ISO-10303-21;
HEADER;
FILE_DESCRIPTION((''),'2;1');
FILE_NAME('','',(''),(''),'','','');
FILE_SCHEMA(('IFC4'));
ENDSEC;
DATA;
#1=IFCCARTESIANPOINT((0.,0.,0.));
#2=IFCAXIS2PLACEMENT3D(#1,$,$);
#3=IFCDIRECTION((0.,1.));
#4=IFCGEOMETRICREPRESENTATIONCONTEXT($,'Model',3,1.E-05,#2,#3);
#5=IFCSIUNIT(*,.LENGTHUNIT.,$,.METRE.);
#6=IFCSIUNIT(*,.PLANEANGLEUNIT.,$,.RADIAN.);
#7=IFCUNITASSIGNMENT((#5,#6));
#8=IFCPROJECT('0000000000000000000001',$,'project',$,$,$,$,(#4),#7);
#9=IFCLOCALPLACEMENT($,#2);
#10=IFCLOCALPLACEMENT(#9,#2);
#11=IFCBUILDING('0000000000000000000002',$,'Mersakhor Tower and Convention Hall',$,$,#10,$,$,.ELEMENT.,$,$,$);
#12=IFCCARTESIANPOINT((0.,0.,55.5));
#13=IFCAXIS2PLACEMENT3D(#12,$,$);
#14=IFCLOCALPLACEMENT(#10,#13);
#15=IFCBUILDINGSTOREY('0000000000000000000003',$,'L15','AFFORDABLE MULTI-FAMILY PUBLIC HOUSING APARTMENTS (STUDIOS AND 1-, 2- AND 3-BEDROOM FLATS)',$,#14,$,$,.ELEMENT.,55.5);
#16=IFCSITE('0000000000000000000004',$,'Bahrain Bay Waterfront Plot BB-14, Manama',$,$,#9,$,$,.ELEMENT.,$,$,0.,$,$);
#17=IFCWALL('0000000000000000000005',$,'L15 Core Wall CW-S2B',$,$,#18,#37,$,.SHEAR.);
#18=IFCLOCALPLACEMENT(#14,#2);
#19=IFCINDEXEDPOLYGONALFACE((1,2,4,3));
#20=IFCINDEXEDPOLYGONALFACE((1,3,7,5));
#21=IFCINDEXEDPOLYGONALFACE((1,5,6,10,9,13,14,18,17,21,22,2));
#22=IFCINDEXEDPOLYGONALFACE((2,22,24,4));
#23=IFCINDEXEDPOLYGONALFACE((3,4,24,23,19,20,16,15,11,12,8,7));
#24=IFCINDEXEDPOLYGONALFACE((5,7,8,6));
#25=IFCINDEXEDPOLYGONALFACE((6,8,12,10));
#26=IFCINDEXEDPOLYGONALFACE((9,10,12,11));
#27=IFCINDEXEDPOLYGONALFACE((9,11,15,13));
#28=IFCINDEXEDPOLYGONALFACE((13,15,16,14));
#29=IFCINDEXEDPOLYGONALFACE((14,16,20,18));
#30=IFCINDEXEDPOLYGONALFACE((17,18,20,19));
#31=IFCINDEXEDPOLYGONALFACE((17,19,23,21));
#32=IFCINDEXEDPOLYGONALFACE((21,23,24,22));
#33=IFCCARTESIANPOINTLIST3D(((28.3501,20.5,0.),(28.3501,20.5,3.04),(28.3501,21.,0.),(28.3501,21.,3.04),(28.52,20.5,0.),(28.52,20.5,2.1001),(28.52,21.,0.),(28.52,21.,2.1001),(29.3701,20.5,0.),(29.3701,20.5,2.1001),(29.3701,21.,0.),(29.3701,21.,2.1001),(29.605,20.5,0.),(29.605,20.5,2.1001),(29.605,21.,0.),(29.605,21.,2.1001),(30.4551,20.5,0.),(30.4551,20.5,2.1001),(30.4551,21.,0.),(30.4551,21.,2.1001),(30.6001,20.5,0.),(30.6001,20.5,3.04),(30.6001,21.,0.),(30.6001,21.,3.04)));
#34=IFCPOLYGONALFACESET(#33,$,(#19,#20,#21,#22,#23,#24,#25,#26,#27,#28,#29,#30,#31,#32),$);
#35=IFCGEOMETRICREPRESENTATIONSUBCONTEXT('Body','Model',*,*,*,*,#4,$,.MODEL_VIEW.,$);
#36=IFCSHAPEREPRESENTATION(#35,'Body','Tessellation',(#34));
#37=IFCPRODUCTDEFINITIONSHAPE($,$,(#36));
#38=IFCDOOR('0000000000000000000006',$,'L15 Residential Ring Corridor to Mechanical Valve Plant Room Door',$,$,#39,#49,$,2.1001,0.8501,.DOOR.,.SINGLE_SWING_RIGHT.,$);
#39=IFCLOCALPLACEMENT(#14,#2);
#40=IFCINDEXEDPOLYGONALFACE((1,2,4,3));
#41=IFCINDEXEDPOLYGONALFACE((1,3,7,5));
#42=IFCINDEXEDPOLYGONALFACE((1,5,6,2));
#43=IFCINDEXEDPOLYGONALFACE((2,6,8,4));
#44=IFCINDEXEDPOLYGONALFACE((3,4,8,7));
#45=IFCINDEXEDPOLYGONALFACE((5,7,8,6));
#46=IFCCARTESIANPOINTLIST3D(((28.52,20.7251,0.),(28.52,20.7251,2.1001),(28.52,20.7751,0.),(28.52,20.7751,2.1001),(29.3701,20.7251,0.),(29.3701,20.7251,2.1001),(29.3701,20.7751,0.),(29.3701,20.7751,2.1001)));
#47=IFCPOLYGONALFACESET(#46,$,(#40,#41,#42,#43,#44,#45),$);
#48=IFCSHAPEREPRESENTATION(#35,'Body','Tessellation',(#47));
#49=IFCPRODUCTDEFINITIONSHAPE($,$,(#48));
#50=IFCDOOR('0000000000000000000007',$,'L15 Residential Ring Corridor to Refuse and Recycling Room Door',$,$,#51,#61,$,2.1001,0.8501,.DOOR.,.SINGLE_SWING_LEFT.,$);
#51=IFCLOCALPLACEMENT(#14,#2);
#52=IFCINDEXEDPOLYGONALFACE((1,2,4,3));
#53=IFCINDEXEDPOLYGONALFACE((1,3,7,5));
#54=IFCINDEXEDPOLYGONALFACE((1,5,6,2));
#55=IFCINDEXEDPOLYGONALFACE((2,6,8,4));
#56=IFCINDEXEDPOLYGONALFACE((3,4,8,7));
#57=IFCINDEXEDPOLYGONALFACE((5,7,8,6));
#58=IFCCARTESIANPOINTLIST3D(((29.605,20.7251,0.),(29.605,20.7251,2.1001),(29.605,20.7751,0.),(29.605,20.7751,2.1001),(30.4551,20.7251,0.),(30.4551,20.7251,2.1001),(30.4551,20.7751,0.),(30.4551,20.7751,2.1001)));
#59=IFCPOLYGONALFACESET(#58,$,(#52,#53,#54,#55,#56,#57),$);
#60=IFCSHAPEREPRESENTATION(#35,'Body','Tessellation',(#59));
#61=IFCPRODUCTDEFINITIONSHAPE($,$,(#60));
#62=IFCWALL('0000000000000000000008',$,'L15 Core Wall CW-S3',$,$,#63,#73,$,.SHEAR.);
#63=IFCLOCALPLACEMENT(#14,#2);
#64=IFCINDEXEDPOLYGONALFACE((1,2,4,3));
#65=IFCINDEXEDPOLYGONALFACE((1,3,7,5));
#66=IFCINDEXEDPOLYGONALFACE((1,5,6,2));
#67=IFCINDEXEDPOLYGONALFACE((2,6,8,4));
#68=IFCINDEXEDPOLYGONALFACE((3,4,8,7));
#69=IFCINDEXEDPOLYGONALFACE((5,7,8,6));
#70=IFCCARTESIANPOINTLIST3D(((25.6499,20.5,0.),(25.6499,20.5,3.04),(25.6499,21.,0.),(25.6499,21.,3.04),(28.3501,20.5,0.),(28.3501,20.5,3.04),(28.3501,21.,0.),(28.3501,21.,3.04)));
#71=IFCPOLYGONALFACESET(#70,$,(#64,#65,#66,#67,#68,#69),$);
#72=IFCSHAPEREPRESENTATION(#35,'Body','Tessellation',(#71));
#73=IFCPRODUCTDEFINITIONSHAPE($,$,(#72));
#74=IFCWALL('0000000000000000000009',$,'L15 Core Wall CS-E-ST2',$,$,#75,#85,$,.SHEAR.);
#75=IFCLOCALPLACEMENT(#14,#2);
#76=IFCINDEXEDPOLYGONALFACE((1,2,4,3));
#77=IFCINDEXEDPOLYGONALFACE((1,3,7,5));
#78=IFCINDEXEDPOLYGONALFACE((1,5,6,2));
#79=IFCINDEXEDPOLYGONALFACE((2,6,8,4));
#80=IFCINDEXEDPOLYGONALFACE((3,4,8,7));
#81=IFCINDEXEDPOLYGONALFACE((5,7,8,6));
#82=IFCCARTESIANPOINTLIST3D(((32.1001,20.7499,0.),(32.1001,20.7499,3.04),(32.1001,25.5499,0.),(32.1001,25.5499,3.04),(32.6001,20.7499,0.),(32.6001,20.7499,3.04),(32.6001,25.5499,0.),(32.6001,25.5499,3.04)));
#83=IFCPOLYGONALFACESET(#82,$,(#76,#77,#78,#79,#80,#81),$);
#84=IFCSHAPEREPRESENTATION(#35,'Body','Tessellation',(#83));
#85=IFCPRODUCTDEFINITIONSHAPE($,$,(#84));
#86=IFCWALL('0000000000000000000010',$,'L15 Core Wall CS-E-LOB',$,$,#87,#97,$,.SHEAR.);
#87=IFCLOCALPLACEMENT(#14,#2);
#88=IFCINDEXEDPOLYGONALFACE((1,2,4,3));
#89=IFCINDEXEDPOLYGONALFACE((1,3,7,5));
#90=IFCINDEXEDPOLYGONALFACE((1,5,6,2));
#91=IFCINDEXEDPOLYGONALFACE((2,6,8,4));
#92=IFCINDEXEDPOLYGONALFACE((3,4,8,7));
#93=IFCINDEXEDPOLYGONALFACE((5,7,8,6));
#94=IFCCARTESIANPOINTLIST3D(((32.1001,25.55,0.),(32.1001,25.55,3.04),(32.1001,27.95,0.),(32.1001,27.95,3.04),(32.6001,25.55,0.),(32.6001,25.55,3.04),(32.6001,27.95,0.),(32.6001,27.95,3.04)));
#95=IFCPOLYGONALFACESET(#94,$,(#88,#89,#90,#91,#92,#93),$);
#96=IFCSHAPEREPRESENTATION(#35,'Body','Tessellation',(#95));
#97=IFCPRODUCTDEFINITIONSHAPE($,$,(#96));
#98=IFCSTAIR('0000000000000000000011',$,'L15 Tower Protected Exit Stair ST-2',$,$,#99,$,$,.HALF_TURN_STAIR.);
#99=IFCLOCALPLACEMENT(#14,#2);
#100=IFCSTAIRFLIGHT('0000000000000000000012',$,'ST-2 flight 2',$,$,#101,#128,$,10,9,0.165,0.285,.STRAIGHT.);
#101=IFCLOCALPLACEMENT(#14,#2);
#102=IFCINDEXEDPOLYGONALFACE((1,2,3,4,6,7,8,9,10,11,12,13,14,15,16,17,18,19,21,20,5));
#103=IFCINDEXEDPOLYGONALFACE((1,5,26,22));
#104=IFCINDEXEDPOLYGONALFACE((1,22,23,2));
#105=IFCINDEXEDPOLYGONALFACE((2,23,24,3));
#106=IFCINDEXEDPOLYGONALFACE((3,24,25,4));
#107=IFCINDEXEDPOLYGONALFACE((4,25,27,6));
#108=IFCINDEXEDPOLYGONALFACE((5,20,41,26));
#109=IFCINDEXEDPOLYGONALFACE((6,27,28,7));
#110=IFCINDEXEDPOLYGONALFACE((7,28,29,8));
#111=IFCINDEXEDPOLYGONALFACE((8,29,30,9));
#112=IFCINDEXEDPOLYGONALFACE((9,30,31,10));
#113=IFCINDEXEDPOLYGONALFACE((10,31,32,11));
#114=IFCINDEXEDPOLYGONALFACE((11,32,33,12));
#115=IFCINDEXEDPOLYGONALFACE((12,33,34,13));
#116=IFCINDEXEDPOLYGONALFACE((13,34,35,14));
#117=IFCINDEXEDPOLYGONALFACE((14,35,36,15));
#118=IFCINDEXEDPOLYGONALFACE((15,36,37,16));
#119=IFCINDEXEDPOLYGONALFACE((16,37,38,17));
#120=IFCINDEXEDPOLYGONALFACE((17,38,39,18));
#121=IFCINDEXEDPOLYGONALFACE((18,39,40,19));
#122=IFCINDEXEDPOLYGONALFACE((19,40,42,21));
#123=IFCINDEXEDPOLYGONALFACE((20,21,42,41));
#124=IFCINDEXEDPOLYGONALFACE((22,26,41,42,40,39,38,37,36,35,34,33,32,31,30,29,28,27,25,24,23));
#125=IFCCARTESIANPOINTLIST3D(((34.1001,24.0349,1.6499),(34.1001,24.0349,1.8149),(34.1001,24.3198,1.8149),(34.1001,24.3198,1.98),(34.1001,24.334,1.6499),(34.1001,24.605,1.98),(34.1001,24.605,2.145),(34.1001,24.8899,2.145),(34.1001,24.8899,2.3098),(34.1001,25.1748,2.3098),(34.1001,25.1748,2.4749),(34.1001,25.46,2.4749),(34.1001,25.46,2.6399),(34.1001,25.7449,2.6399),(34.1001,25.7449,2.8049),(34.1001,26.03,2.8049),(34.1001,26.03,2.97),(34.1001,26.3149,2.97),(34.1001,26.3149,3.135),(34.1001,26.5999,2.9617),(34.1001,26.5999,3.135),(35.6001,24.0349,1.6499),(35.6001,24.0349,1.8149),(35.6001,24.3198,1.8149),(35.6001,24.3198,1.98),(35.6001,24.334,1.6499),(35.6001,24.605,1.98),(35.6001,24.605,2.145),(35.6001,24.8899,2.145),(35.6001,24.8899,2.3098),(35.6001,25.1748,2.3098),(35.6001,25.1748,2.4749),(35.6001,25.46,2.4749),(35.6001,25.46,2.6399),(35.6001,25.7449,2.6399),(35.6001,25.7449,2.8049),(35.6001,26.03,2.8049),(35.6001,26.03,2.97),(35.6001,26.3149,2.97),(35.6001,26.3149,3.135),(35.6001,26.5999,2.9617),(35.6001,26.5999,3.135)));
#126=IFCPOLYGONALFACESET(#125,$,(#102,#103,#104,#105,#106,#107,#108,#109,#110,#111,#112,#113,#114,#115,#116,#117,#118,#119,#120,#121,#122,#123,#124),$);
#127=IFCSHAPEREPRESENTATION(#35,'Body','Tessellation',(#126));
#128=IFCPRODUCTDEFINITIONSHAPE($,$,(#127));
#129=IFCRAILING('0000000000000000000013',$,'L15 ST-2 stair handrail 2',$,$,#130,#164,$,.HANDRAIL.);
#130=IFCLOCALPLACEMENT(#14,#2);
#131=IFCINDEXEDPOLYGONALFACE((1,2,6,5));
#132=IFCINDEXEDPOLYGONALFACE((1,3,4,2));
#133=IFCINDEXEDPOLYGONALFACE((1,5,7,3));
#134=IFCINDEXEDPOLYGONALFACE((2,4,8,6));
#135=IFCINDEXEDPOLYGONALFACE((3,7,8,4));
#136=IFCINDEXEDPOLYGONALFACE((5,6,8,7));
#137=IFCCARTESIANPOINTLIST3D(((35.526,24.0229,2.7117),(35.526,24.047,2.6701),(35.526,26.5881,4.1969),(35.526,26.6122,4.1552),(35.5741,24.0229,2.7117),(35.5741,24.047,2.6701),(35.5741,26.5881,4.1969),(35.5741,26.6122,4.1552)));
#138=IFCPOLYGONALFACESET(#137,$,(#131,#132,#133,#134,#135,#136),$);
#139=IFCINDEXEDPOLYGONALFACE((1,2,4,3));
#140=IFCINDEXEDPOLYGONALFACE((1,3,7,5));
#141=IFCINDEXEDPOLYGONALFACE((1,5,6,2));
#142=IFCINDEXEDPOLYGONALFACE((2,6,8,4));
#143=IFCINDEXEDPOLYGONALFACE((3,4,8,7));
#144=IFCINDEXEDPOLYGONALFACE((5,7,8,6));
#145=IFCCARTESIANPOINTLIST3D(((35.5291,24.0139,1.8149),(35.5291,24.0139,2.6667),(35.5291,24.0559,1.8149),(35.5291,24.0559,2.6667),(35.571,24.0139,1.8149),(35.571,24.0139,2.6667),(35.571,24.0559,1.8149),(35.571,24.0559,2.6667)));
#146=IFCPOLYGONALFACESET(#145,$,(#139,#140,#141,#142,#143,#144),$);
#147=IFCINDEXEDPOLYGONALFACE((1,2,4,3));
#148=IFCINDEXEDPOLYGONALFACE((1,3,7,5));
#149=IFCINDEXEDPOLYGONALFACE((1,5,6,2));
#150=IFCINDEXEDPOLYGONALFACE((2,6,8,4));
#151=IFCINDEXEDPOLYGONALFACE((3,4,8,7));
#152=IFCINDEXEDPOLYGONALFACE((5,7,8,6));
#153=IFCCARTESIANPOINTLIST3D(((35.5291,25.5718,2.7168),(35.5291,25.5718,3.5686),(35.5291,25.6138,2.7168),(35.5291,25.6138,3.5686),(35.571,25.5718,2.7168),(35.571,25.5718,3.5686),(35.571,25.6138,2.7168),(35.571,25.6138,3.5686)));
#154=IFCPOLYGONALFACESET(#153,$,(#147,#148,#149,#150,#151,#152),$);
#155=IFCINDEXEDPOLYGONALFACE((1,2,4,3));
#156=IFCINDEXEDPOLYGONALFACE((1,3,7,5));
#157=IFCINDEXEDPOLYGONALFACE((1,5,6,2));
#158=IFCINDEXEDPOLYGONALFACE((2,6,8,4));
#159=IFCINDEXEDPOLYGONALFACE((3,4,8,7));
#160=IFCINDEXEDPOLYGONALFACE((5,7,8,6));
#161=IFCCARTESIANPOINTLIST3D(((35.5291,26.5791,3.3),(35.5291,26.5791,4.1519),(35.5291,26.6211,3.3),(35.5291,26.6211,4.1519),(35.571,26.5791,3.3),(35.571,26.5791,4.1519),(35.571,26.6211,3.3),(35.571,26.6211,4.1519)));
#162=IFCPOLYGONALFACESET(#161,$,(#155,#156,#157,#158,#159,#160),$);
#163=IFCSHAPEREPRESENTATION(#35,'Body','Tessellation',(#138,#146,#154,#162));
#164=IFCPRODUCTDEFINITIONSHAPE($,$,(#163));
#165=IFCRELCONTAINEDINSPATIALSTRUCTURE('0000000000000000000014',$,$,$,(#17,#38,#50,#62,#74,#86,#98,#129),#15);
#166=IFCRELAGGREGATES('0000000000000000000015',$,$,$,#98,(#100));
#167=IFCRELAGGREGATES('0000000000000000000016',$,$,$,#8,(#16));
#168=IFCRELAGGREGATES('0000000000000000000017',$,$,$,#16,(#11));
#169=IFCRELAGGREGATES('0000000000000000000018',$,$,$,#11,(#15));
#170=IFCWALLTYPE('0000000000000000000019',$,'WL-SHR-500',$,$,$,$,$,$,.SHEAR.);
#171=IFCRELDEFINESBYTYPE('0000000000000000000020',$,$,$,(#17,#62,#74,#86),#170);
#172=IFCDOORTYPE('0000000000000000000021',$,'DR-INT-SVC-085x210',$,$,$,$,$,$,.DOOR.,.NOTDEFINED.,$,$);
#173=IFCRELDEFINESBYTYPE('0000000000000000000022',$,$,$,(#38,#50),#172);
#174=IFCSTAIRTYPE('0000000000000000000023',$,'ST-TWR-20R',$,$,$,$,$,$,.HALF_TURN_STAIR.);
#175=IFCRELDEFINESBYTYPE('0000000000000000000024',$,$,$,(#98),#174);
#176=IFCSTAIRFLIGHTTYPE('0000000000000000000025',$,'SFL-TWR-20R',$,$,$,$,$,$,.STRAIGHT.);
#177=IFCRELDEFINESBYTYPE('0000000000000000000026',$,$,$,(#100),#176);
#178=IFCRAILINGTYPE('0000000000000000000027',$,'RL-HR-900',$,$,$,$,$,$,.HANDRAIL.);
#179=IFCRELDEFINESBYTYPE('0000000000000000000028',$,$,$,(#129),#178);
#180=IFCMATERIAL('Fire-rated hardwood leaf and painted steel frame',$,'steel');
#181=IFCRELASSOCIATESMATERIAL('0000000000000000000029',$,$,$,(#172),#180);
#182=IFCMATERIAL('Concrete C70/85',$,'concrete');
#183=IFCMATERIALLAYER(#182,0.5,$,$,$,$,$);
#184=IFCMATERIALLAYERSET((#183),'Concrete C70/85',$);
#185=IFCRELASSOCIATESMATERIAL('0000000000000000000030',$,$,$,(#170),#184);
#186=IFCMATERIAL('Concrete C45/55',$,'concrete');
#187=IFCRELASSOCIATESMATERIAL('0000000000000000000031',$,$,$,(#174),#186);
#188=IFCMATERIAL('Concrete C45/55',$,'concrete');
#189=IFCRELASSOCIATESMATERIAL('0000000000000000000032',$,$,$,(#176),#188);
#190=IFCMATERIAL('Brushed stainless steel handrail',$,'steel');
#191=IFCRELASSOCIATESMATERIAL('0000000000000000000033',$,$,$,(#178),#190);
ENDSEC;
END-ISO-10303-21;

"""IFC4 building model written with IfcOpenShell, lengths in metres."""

from ifc_helpers import new_model, si_unit, direction, frame, frame_2d, origin, origin_2d, place, context, subcontext, project, spatial, polyline, rectangle, outline, extrude, material, layer, layer_set, type_object, element, fill, aggregate, save


model = new_model("IFC4")

# Units and contexts
model_context = context("Model", 3, precision=1e-05, world=origin(), true_north=direction((0.0, 1.0)))
body_context = subcontext(model_context, "Body", "Model", "MODEL_VIEW")
ifc_project = project(units=[si_unit("LENGTHUNIT", "METRE"), si_unit("PLANEANGLEUNIT", "RADIAN")], contexts=[model_context])

# Site, building, storey
site_placement = place(None, origin())
site = spatial("IfcSite", under=ifc_project, at=site_placement, Name="Bahrain Bay Waterfront Plot BB-14, Manama", CompositionType="ELEMENT", RefElevation=0.0)
building_placement = place(site_placement, origin())
building = spatial("IfcBuilding", under=site, at=building_placement, Name="Mersakhor Tower and Convention Hall", CompositionType="ELEMENT")
storey_placement = place(building_placement, frame((0.0, 0.0, 55.5)))
storey = spatial("IfcBuildingStorey", under=building, at=storey_placement, Name="L15", Description="AFFORDABLE MULTI-FAMILY PUBLIC HOUSING APARTMENTS (STUDIOS AND 1-, 2- AND 3-BEDROOM FLATS)", CompositionType="ELEMENT", Elevation=55.5)

# Shared definitions
ifc_material_1 = material(Name="Fire-rated hardwood leaf and painted steel frame", Category="steel")
door_type_1 = type_object("IfcDoorType", Name="DR-INT-SVC-085x210", OperationType="NOTDEFINED", PredefinedType="DOOR", material=ifc_material_1)

# Shared definitions
ifc_material_2 = material(Name="Concrete C70/85", Category="concrete")
ifc_layer_1 = layer(ifc_material_2, 0.5)
ifc_layer_set_1 = layer_set([ifc_layer_1], Name="Concrete C70/85")
wall_type_1 = type_object("IfcWallType", Name="WL-SHR-500", PredefinedType="SHEAR", material=ifc_layer_set_1)

# Wall, openings, doors
wall_1_placement = place(storey_placement, frame((30.6001, 20.75, 0.0), z_axis=(0.0, 0.0, 1.0), x_axis=(-1.0, 0.0, 0.0)))
wall_1 = element("IfcWall", 1, at=wall_1_placement, inside=storey, type_object=wall_type_1, Name="L15 Core Wall CW-S2B", PredefinedType="SHEAR", context=body_context, shape_type="SweptSolid", body=[
    extrude(rectangle(XDim=2.25, YDim=0.5, at=frame_2d((1.125, 0.0))), origin(), (0.0, 0.0, 1.0), 3.04),
])
opening_1_placement = place(wall_1_placement, frame((1.23, 0.0, 0.0)))
opening_1 = element("IfcOpeningElement", 2, at=opening_1_placement, cuts=wall_1, PredefinedType="OPENING", context=body_context, shape_type="SweptSolid", body=[
    extrude(rectangle(XDim=0.8501, YDim=2.1001, at=frame_2d((0.425, 1.05))), frame((0.0, 0.26, 0.0), z_axis=(0.0, -1.0, 0.0), x_axis=(1.0, 0.0, 0.0)), (0.0, 0.0, 1.0), 0.52),
])
opening_2_placement = place(wall_1_placement, frame((0.145, 0.0, 0.0)))
opening_2 = element("IfcOpeningElement", 3, at=opening_2_placement, cuts=wall_1, PredefinedType="OPENING", context=body_context, shape_type="SweptSolid", body=[
    extrude(rectangle(XDim=0.8501, YDim=2.1001, at=frame_2d((0.425, 1.05))), frame((0.0, 0.26, 0.0), z_axis=(0.0, -1.0, 0.0), x_axis=(1.0, 0.0, 0.0)), (0.0, 0.0, 1.0), 0.52),
])
door_1_placement = place(opening_1_placement, origin())
door_1 = element("IfcDoor", 4, at=door_1_placement, inside=storey, type_object=door_type_1, Name="L15 Residential Ring Corridor to Mechanical Valve Plant Room Door", OperationType="SINGLE_SWING_RIGHT", OverallHeight=2.1001, OverallWidth=0.8501, PredefinedType="DOOR", context=body_context, shape_type="SweptSolid", body=[
    extrude(rectangle(XDim=0.8501, YDim=2.1001, at=frame_2d((0.425, 1.05))), frame((0.0, 0.0249, 0.0), z_axis=(0.0, -1.0, 0.0), x_axis=(1.0, 0.0, 0.0)), (0.0, 0.0, 1.0), 0.05),
])
fill(opening_1, door_1)
door_2_placement = place(opening_2_placement, origin())
door_2 = element("IfcDoor", 5, at=door_2_placement, inside=storey, type_object=door_type_1, Name="L15 Residential Ring Corridor to Refuse and Recycling Room Door", OperationType="SINGLE_SWING_LEFT", OverallHeight=2.1001, OverallWidth=0.8501, PredefinedType="DOOR", context=body_context, shape_type="SweptSolid", body=[
    extrude(rectangle(XDim=0.8501, YDim=2.1001, at=frame_2d((0.425, 1.05))), frame((0.0, 0.0249, 0.0), z_axis=(0.0, -1.0, 0.0), x_axis=(1.0, 0.0, 0.0)), (0.0, 0.0, 1.0), 0.05),
])
fill(opening_2, door_2)

# Walls
wall_2_placement = place(storey_placement, frame((28.3501, 20.75, 0.0), z_axis=(0.0, 0.0, 1.0), x_axis=(-1.0, 0.0, 0.0)))
element("IfcWall", 6, at=wall_2_placement, inside=storey, type_object=wall_type_1, Name="L15 Core Wall CW-S3", PredefinedType="SHEAR", context=body_context, shape_type="SweptSolid", body=[
    extrude(rectangle(XDim=2.7002, YDim=0.5, at=frame_2d((1.3501, 0.0))), origin(), (0.0, 0.0, 1.0), 3.04),
])
wall_3_placement = place(storey_placement, frame((32.3501, 20.75, 0.0), z_axis=(0.0, 0.0, 1.0), x_axis=(0.0, 1.0, 0.0)))
element("IfcWall", 7, at=wall_3_placement, inside=storey, type_object=wall_type_1, Name="L15 Core Wall CS-E-ST2", PredefinedType="SHEAR", context=body_context, shape_type="SweptSolid", body=[
    extrude(rectangle(XDim=4.8, YDim=0.5, at=frame_2d((2.3999, 0.0))), origin(), (0.0, 0.0, 1.0), 3.04),
])
wall_4_placement = place(storey_placement, frame((32.3501, 25.55, 0.0), z_axis=(0.0, 0.0, 1.0), x_axis=(0.0, 1.0, 0.0)))
element("IfcWall", 8, at=wall_4_placement, inside=storey, type_object=wall_type_1, Name="L15 Core Wall CS-E-LOB", PredefinedType="SHEAR", context=body_context, shape_type="SweptSolid", body=[
    extrude(rectangle(XDim=2.3999, YDim=0.5, at=frame_2d((1.2, 0.0))), origin(), (0.0, 0.0, 1.0), 3.04),
])

# Stair, stair flight
ifc_material_3 = material(Name="Concrete C45/55", Category="concrete")
stair_type = type_object("IfcStairType", Name="ST-TWR-20R", PredefinedType="HALF_TURN_STAIR", material=ifc_material_3)
stair_placement = place(storey_placement, origin())
stair = element("IfcStair", 9, at=stair_placement, inside=storey, type_object=stair_type, Name="L15 Tower Protected Exit Stair ST-2", PredefinedType="HALF_TURN_STAIR")
ifc_material_4 = material(Name="Concrete C45/55", Category="concrete")
stair_flight_type = type_object("IfcStairFlightType", Name="SFL-TWR-20R", PredefinedType="STRAIGHT", material=ifc_material_4)
stair_flight_placement = place(storey_placement, frame((34.8501, 24.0349, 1.6499), z_axis=(0.0, 0.0, 1.0), x_axis=(0.0, 1.0, 0.0)))
stair_flight = element("IfcStairFlight", 10, at=stair_flight_placement, type_object=stair_flight_type, Name="ST-2 flight 2", NumberOfRisers=10, NumberOfTreads=9, PredefinedType="STRAIGHT", RiserHeight=0.165, TreadLength=0.285, context=body_context, shape_type="SweptSolid", body=[
    extrude(outline(polyline([(0.0, 0.0), (0.0, 0.165), (0.2849, 0.165), (0.2849, 0.3301), (0.5701, 0.3301), (0.5701, 0.4951), (0.855, 0.4951), (0.855, 0.6599), (1.1399, 0.6599), (1.1399, 0.825), (1.425, 0.825), (1.425, 0.99), (1.71, 0.99), (1.71, 1.155), (1.9951, 1.155), (1.9951, 1.3201), (2.28, 1.3201), (2.28, 1.4851), (2.5649, 1.4851), (2.5649, 1.6499), (2.5649, 1.3118), (0.2991, 0.0), (0.0, 0.0)])), frame((0.0, 0.75, 0.0), z_axis=(0.0, -1.0, 0.0), x_axis=(1.0, 0.0, 0.0)), (0.0, 0.0, 1.0), 1.5),
])
aggregate(stair, [stair_flight])

# Railing
ifc_material_5 = material(Name="Brushed stainless steel handrail", Category="steel")
railing_type_1 = type_object("IfcRailingType", Name="RL-HR-900", PredefinedType="HANDRAIL", material=ifc_material_5)
railing_1_placement = place(storey_placement, frame((35.55, 24.0349, 1.8149)))
element("IfcRailing", 11, at=railing_1_placement, inside=storey, type_object=railing_type_1, Name="L15 ST-2 stair handrail 2", PredefinedType="HANDRAIL", context=body_context, shape_type="SweptSolid", body=[
    extrude(rectangle(XDim=0.0481, YDim=0.0481, at=origin_2d()), frame((0.0, 0.0, 0.876), z_axis=(0.0, 0.865426, 0.501036), x_axis=(-1.0, 0.0, 0.0)), (0.0, 0.0, 1.0), 2.9641),
    extrude(rectangle(XDim=0.042, YDim=0.042, at=origin_2d()), origin(), (0.0, 0.0, 1.0), 0.8518),
    extrude(rectangle(XDim=0.042, YDim=0.042, at=origin_2d()), frame((0.0, 1.5579, 0.9019)), (0.0, 0.0, 1.0), 0.8518),
    extrude(rectangle(XDim=0.042, YDim=0.042, at=origin_2d()), frame((0.0, 2.5652, 1.4851)), (0.0, 0.0, 1.0), 0.8518),
])

save(model, "model.ifc")
